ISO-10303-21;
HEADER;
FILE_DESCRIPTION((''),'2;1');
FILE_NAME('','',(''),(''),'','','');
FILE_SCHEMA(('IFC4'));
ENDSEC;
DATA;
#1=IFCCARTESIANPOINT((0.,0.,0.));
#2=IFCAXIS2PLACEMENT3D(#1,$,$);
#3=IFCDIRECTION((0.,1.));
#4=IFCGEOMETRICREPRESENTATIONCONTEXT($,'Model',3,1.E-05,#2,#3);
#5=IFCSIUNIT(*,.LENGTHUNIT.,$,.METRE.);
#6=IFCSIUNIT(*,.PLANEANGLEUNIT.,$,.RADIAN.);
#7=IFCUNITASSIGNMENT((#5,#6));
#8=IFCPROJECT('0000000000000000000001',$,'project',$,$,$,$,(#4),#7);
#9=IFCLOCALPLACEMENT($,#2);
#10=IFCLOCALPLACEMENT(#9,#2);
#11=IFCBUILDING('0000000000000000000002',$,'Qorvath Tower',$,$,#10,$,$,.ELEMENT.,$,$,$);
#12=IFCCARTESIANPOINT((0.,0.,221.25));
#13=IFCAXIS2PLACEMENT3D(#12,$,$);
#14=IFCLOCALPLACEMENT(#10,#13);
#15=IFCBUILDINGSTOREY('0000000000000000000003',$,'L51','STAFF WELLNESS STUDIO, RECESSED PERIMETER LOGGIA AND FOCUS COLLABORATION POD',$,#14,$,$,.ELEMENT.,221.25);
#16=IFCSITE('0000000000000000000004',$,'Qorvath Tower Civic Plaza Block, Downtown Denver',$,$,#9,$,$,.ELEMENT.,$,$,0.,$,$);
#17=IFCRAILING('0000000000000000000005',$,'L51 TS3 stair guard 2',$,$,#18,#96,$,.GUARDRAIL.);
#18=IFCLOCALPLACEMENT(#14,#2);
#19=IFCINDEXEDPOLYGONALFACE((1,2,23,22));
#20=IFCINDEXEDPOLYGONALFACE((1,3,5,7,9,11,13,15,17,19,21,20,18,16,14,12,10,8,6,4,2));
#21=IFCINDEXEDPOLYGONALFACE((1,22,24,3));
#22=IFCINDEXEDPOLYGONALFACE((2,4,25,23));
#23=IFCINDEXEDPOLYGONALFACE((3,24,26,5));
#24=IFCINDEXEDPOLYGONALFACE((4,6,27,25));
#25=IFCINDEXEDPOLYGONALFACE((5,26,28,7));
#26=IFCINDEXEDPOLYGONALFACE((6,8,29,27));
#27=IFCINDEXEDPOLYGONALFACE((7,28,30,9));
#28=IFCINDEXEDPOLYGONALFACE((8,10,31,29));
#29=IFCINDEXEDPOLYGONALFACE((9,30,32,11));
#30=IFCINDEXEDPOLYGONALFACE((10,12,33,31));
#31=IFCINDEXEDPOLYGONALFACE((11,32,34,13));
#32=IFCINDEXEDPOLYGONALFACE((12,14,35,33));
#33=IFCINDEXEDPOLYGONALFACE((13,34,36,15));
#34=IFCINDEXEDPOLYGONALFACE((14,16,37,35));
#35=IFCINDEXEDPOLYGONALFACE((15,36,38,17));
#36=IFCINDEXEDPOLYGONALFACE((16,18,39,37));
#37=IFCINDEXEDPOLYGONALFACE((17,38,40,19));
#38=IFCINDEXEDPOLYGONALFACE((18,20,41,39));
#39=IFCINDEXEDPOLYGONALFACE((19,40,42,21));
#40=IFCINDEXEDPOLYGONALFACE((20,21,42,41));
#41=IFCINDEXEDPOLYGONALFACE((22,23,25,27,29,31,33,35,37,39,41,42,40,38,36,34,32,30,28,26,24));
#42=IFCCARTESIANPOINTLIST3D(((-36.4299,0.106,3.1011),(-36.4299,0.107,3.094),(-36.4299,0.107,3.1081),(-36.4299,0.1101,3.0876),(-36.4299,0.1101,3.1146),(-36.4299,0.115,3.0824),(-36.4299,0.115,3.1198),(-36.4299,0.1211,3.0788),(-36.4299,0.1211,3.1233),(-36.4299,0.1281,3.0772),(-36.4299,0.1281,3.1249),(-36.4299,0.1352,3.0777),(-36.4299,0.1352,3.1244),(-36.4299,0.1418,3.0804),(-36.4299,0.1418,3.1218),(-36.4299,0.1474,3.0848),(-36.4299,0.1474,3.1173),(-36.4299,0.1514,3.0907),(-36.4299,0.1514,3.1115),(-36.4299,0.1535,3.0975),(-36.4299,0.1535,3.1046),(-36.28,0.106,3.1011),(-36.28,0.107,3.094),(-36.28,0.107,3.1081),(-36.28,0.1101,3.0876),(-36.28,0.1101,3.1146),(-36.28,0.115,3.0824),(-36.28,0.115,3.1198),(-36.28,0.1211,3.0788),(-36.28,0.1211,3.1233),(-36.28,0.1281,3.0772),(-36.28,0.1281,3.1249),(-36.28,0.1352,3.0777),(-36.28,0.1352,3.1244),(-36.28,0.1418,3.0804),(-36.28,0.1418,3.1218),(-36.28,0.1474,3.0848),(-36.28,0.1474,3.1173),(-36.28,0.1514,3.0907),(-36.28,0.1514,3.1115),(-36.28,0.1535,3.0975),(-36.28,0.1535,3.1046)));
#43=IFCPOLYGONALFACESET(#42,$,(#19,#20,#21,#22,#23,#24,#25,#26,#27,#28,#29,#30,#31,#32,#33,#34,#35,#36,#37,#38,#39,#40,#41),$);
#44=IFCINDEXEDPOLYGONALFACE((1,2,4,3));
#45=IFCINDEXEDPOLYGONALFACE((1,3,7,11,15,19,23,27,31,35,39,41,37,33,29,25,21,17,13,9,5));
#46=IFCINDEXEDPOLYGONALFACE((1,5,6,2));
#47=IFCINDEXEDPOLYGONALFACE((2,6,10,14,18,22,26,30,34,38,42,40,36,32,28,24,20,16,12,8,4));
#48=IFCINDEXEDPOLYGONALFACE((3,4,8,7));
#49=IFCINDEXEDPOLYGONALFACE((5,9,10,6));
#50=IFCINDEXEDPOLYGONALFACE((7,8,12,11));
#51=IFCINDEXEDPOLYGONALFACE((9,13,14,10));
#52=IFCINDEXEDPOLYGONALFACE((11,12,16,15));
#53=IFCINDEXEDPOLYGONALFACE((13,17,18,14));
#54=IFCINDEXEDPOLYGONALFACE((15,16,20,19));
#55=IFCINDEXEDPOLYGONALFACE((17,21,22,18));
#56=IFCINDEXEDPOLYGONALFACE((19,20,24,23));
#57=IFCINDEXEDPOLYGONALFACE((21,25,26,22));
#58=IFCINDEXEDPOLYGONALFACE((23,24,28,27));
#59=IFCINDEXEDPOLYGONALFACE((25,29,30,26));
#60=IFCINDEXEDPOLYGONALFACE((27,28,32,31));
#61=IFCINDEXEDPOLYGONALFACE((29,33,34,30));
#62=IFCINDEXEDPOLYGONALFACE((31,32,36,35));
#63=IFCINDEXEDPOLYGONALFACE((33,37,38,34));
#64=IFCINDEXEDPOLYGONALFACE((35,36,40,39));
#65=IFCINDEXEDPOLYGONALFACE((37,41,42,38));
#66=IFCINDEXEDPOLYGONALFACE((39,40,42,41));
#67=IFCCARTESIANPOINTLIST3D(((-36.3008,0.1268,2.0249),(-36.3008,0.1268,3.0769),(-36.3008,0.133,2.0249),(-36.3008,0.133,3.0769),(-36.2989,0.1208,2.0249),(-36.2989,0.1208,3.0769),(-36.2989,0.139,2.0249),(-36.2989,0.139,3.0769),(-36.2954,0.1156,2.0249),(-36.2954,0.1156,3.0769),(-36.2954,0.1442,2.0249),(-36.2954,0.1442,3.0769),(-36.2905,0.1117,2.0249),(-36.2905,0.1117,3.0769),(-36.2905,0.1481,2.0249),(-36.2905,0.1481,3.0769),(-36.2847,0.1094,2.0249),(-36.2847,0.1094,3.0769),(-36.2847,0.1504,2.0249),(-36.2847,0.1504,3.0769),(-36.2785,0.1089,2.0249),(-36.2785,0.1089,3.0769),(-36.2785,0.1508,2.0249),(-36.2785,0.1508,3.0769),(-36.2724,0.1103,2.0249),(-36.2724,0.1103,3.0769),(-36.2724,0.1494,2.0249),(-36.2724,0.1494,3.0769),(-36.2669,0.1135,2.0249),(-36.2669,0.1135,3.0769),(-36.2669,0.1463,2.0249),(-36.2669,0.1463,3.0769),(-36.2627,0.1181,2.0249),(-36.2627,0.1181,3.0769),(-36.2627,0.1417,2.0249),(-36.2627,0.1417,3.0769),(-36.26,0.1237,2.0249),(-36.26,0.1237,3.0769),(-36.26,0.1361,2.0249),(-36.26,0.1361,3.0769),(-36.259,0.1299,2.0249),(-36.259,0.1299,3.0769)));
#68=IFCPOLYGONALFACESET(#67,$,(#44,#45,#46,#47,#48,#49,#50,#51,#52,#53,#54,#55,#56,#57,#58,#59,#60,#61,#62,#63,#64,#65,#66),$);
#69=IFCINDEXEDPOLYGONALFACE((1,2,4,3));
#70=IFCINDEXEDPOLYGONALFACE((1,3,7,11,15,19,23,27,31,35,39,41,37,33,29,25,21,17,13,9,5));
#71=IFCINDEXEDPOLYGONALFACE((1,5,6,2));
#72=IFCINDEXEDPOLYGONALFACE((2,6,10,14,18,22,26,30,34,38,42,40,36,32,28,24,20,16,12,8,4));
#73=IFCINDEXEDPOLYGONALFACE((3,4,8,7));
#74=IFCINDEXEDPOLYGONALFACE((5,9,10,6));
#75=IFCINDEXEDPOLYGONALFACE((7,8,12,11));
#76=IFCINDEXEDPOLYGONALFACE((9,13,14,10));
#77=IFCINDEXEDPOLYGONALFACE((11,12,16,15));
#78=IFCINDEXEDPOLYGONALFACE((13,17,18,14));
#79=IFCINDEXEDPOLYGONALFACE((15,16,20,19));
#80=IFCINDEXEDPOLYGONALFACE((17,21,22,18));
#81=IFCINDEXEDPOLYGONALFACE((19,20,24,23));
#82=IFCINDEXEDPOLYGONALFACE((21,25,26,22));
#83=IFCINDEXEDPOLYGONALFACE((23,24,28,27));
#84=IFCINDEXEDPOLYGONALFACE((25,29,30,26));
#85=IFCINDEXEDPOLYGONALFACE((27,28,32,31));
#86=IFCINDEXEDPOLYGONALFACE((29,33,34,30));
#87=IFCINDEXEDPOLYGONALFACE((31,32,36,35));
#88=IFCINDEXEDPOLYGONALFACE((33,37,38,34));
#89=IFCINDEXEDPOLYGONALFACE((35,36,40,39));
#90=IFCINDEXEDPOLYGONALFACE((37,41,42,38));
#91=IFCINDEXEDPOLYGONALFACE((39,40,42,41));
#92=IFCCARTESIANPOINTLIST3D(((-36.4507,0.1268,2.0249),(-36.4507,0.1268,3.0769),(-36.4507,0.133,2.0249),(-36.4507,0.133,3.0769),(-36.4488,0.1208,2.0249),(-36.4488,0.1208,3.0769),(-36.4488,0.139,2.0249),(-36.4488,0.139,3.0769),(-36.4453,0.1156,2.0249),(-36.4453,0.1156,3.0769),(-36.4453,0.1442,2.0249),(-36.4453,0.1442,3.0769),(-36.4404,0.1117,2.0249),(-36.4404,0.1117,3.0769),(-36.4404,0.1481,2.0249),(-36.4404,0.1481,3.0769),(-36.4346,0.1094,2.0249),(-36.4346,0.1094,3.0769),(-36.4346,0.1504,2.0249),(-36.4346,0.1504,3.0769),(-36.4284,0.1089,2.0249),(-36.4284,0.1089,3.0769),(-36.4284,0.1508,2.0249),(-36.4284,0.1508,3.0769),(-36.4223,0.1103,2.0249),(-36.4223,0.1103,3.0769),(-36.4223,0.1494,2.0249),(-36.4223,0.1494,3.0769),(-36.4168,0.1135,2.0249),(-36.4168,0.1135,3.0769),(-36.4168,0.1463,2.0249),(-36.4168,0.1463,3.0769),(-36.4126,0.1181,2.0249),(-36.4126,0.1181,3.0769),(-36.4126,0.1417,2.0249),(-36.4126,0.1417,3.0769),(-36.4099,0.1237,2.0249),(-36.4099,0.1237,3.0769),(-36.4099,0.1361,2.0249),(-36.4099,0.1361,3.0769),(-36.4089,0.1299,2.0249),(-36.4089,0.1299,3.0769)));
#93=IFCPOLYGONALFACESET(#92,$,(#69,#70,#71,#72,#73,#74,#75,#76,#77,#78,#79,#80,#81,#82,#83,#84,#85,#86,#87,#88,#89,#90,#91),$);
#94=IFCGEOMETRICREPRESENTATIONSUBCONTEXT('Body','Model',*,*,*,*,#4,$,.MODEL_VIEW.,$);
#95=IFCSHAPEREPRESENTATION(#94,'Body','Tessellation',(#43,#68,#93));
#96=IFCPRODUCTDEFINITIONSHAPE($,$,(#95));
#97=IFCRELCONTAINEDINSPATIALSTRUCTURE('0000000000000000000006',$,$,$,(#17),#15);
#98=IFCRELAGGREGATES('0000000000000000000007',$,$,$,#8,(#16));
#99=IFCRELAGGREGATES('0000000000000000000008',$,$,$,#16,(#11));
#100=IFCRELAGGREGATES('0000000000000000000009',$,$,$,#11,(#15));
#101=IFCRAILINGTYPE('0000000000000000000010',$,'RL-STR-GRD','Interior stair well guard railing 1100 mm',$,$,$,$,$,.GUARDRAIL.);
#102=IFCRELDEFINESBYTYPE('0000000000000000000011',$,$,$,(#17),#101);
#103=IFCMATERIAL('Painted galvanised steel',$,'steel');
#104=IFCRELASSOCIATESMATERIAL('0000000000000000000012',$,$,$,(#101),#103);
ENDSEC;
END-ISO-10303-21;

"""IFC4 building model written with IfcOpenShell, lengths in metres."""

from ifc_helpers import new_model, si_unit, direction, frame, origin, origin_2d, place, context, subcontext, project, spatial, circle, extrude, material, type_object, element, save


model = new_model("IFC4")

# Units and contexts
model_context = context("Model", 3, precision=1e-05, world=origin(), true_north=direction((0.0, 1.0)))
body_context = subcontext(model_context, "Body", "Model", "MODEL_VIEW")
ifc_project = project(units=[si_unit("LENGTHUNIT", "METRE"), si_unit("PLANEANGLEUNIT", "RADIAN")], contexts=[model_context])

# Site, building, storey
site_placement = place(None, origin())
site = spatial("IfcSite", under=ifc_project, at=site_placement, Name="Qorvath Tower Civic Plaza Block, Downtown Denver", CompositionType="ELEMENT", RefElevation=0.0)
building_placement = place(site_placement, origin())
building = spatial("IfcBuilding", under=site, at=building_placement, Name="Qorvath Tower", CompositionType="ELEMENT")
storey_placement = place(building_placement, frame((0.0, 0.0, 221.25)))
storey = spatial("IfcBuildingStorey", under=building, at=storey_placement, Name="L51", Description="STAFF WELLNESS STUDIO, RECESSED PERIMETER LOGGIA AND FOCUS COLLABORATION POD", CompositionType="ELEMENT", Elevation=221.25)

# Railing
ifc_material_1 = material(Name="Painted galvanised steel", Category="steel")
railing_type = type_object("IfcRailingType", Name="RL-STR-GRD", Description="Interior stair well guard railing 1100 mm", PredefinedType="GUARDRAIL", material=ifc_material_1)
railing_1_placement = place(storey_placement, frame((-36.28, 0.1299, 2.0249)))
element("IfcRailing", 1, at=railing_1_placement, inside=storey, type_object=railing_type, Name="L51 TS3 stair guard 2", PredefinedType="GUARDRAIL", context=body_context, shape_type="SweptSolid", body=[
    extrude(circle(Radius=0.0239, at=origin_2d()), frame((0.0, 0.0, 1.0762), z_axis=(-1.0, 0.0, 0.0), x_axis=(0.0, -1.0, 0.0)), (0.0, 0.0, 1.0), 0.1499),
    extrude(circle(Radius=0.021, at=origin_2d()), origin(), (0.0, 0.0, 1.0), 1.052),
    extrude(circle(Radius=0.021, at=origin_2d()), frame((-0.1499, 0.0, 0.0)), (0.0, 0.0, 1.0), 1.052),
])

save(model, "model.ifc")
